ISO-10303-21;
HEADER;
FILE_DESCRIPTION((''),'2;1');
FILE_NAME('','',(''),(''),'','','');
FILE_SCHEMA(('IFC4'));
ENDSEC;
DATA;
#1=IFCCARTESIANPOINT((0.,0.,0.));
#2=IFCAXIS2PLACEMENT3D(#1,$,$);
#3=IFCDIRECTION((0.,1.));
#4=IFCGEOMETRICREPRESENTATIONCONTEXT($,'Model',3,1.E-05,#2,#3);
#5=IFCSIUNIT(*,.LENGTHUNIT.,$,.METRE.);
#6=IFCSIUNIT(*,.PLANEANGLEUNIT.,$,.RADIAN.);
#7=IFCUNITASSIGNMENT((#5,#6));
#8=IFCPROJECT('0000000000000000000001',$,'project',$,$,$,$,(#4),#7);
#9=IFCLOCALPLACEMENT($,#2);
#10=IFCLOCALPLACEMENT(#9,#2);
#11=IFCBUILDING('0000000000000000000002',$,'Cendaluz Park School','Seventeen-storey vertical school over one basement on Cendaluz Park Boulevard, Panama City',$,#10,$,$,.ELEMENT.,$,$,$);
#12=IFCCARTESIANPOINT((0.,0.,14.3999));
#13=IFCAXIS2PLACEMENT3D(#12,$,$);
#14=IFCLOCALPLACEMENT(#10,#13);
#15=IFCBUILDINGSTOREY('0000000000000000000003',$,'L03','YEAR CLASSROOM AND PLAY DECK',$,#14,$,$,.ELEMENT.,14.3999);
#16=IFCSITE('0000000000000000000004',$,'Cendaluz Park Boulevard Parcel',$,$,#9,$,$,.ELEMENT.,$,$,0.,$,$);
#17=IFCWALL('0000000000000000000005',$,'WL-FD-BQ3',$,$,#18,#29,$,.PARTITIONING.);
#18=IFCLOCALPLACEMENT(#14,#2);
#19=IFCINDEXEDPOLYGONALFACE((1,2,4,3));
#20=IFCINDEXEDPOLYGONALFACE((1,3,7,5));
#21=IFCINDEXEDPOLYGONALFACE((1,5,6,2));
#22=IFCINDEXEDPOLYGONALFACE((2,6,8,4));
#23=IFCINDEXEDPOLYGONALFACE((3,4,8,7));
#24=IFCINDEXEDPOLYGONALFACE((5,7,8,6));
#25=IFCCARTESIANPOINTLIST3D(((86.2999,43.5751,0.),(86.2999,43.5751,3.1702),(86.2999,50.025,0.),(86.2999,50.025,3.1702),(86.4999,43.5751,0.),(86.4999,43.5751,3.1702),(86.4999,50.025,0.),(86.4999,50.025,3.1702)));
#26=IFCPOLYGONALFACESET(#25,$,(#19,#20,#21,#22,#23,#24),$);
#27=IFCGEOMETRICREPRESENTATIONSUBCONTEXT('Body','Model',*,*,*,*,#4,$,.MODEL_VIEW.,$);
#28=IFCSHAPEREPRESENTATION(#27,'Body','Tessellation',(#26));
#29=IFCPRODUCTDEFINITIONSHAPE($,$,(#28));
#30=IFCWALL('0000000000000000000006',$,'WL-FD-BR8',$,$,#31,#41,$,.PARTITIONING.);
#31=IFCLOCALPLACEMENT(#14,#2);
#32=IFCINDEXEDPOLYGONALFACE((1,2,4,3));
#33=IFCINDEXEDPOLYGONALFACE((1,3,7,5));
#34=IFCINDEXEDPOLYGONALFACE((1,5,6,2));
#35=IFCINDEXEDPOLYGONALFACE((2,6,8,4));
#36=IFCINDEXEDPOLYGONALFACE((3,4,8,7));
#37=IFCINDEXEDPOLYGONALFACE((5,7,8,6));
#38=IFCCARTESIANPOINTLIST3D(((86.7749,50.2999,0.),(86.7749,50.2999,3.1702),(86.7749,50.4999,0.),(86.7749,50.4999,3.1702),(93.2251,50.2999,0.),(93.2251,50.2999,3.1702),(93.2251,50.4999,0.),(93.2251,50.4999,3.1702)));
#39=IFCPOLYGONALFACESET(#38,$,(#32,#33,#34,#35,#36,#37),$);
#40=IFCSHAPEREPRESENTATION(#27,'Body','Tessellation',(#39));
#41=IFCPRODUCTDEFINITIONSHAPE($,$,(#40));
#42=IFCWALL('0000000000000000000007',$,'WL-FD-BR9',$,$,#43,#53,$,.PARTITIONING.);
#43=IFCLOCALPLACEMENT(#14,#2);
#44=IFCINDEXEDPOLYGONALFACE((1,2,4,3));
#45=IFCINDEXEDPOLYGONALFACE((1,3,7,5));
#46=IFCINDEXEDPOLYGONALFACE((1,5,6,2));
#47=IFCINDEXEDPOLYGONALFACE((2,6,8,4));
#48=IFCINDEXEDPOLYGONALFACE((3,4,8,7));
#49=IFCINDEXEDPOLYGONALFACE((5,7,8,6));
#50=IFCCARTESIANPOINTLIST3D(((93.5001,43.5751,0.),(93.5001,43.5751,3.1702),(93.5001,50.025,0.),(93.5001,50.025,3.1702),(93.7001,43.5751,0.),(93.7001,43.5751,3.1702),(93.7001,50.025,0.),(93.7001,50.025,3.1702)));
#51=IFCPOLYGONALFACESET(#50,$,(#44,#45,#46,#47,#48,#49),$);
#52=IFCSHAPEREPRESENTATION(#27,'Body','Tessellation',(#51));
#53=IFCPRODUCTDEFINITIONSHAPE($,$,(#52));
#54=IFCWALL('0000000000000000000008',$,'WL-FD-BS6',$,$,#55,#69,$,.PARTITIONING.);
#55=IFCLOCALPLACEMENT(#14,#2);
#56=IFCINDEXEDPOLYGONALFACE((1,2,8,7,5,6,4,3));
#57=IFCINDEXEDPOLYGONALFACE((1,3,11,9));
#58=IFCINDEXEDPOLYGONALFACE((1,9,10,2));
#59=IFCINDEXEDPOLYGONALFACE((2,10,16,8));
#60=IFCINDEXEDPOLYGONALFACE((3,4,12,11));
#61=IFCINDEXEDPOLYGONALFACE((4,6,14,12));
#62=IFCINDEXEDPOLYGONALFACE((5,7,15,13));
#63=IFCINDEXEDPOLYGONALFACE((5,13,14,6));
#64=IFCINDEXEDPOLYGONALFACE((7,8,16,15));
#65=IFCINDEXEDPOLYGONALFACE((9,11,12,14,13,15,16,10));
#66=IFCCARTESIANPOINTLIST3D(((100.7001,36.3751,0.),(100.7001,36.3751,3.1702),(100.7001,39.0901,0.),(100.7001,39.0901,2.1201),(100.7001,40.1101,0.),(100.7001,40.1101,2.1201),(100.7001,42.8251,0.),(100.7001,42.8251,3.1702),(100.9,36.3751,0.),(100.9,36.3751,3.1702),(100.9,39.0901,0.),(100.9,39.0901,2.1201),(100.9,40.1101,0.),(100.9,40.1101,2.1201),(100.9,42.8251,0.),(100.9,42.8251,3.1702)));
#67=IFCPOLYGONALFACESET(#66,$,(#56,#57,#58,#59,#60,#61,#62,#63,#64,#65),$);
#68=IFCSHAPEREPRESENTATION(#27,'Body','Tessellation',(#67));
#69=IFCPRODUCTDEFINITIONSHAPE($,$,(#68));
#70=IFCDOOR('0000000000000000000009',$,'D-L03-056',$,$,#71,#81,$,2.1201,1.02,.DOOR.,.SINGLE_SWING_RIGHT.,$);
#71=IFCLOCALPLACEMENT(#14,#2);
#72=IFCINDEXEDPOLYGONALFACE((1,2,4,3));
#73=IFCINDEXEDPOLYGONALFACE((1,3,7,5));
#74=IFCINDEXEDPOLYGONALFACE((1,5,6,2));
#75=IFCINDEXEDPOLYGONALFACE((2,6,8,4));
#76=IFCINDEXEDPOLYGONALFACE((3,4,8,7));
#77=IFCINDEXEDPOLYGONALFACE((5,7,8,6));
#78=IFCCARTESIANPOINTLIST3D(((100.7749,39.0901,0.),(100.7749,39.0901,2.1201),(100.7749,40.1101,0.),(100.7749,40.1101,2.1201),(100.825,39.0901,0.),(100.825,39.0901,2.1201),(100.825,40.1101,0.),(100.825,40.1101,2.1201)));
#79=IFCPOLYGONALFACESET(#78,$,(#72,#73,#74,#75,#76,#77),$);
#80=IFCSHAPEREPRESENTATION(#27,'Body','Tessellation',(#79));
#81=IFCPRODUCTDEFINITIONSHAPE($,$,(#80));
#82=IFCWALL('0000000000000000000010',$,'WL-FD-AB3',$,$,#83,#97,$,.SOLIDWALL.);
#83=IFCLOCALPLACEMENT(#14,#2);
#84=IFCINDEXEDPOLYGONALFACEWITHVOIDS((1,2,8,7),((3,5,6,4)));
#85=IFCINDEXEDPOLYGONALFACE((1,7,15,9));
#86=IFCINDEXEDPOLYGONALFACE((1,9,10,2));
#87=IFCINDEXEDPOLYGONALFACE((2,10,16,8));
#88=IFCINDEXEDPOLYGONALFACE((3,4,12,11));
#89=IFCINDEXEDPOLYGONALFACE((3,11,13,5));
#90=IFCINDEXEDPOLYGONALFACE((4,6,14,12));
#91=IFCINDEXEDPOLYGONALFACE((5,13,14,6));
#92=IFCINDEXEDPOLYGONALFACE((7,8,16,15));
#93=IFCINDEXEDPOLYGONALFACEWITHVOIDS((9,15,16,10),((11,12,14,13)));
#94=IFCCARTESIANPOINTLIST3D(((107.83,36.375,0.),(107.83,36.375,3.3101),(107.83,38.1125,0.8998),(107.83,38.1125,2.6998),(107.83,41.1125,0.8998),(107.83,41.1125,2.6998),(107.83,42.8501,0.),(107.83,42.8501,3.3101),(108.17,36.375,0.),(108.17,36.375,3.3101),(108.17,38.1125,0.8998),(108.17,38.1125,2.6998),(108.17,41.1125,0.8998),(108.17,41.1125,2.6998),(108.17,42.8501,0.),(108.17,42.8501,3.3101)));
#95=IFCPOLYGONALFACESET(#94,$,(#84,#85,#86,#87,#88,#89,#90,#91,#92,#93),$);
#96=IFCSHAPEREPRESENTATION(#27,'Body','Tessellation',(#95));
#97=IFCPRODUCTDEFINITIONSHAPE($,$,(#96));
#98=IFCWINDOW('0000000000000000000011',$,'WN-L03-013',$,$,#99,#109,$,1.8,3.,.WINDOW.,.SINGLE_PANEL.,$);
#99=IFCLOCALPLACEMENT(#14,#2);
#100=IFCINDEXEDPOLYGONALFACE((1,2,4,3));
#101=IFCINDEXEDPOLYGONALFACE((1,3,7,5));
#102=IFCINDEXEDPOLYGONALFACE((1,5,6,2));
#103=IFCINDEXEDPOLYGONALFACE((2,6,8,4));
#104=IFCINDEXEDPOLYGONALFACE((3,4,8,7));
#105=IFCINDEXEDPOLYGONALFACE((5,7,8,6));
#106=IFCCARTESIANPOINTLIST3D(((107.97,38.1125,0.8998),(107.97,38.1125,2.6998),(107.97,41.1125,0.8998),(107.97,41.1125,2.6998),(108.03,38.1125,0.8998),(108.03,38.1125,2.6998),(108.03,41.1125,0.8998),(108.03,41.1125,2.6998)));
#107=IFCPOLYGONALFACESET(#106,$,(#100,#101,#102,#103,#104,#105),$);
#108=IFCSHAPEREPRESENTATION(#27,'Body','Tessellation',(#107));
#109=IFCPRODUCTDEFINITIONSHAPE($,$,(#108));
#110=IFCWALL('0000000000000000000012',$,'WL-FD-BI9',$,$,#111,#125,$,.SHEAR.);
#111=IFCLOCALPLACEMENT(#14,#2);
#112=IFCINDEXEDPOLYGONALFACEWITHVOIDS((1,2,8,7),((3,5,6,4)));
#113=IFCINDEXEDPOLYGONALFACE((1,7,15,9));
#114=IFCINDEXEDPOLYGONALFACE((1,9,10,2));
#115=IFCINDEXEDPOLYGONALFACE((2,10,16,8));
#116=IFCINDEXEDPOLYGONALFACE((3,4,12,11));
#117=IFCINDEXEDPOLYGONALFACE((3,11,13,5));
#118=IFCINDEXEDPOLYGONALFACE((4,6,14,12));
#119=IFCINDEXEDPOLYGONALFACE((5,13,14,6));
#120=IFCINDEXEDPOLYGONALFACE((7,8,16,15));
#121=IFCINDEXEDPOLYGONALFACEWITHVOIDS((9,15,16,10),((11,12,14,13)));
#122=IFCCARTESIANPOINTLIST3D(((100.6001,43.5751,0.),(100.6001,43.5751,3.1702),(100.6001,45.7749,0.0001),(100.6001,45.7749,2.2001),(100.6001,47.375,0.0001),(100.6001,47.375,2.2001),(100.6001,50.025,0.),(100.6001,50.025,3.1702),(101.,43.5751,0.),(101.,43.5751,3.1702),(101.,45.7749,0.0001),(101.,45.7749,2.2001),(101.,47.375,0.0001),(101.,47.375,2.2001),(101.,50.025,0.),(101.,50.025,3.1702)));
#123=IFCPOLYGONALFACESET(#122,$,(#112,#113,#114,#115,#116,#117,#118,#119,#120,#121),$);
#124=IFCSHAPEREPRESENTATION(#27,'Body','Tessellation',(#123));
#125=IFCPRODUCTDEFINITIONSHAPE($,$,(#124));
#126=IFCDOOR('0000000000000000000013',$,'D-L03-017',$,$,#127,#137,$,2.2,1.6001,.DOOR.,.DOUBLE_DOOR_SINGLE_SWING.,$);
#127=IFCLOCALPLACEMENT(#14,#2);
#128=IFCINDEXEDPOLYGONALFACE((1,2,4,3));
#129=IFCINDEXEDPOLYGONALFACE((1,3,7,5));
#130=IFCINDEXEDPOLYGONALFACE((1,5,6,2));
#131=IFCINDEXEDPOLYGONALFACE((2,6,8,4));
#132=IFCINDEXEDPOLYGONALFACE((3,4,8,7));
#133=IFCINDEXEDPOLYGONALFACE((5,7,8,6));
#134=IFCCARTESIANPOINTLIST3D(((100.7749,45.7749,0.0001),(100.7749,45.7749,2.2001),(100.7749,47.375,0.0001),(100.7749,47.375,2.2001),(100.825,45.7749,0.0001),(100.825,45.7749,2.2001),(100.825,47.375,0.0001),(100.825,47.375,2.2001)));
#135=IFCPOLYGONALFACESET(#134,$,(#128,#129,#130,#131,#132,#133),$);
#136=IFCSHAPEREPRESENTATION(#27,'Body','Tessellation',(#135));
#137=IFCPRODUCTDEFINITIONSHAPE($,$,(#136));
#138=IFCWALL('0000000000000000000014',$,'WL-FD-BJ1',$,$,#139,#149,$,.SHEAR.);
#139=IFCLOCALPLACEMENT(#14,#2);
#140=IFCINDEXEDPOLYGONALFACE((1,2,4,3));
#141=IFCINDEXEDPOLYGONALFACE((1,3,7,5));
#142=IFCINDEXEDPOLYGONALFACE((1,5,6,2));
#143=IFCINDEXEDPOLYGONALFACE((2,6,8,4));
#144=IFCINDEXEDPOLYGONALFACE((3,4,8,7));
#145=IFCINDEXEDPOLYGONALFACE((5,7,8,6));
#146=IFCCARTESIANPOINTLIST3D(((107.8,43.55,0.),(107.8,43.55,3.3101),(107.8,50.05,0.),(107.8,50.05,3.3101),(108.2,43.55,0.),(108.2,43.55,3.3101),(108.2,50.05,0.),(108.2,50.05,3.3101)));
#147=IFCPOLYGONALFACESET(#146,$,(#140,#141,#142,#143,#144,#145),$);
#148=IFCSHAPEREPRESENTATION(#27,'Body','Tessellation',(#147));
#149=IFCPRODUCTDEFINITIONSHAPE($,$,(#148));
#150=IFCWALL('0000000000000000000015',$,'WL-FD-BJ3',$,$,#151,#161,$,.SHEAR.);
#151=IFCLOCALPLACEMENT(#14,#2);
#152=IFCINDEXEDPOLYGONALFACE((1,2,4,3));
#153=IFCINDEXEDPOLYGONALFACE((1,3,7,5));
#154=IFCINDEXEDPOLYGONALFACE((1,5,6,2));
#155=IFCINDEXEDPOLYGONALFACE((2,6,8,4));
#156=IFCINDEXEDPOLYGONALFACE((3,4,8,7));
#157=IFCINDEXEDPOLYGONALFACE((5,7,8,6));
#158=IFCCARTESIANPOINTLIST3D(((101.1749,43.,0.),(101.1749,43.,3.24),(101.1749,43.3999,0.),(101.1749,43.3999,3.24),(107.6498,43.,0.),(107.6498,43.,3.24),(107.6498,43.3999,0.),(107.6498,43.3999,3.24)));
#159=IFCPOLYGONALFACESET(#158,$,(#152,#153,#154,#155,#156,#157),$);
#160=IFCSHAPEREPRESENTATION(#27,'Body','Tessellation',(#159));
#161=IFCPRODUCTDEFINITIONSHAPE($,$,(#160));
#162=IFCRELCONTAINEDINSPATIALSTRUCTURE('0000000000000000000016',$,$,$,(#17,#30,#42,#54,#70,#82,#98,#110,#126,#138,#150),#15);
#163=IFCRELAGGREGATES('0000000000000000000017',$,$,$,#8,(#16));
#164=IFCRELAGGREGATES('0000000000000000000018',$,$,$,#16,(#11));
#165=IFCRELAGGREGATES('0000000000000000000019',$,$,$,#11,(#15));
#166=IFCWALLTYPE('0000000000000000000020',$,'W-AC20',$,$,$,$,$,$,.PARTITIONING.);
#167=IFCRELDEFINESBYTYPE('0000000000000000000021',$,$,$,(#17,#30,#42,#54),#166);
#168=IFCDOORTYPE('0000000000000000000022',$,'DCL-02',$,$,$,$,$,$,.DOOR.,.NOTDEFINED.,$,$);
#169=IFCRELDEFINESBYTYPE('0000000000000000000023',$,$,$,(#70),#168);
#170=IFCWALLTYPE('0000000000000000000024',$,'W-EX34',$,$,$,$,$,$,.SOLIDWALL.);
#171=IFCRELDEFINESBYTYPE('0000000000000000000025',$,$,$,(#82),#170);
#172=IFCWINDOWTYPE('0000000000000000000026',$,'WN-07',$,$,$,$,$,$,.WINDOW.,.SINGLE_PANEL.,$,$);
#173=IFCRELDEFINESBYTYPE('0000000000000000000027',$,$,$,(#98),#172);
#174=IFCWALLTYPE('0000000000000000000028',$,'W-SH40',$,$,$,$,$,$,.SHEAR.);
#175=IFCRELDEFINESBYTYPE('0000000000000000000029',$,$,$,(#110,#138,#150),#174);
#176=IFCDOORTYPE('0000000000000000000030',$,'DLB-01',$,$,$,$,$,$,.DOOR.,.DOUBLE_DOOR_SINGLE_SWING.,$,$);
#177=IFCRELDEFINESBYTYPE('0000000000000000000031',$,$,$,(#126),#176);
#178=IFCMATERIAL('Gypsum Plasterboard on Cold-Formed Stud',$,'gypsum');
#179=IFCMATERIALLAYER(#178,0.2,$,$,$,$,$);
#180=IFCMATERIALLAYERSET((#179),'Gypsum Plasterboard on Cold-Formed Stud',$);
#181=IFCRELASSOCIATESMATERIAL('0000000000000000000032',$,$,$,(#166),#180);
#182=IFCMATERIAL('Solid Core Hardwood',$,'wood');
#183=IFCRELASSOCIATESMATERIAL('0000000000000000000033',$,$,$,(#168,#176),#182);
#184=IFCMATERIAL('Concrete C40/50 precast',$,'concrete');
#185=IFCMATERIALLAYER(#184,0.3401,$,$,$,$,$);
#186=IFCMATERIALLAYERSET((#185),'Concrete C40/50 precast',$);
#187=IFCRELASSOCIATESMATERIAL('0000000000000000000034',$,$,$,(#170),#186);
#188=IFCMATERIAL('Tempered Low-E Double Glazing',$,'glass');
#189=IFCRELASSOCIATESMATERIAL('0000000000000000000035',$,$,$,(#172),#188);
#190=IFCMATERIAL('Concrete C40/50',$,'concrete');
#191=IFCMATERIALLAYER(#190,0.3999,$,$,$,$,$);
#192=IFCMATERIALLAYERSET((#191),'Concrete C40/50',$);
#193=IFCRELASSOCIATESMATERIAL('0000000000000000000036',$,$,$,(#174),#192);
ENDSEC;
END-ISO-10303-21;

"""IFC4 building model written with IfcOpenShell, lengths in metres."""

from ifc_helpers import new_model, si_unit, direction, frame, frame_2d, origin, place, context, subcontext, project, spatial, rectangle, extrude, material, layer, layer_set, type_object, element, fill, save


model = new_model("IFC4")

# Units and contexts
model_context = context("Model", 3, precision=1e-05, world=origin(), true_north=direction((0.0, 1.0)))
body_context = subcontext(model_context, "Body", "Model", "MODEL_VIEW")
ifc_project = project(units=[si_unit("LENGTHUNIT", "METRE"), si_unit("PLANEANGLEUNIT", "RADIAN")], contexts=[model_context])

# Site, building, storey
site_placement = place(None, origin())
site = spatial("IfcSite", under=ifc_project, at=site_placement, Name="Cendaluz Park Boulevard Parcel", CompositionType="ELEMENT", RefElevation=0.0)
building_placement = place(site_placement, origin())
building = spatial("IfcBuilding", under=site, at=building_placement, Name="Cendaluz Park School", Description="Seventeen-storey vertical school over one basement on Cendaluz Park Boulevard, Panama City", CompositionType="ELEMENT")
storey_placement = place(building_placement, frame((0.0, 0.0, 14.3999)))
storey = spatial("IfcBuildingStorey", under=building, at=storey_placement, Name="L03", Description="YEAR CLASSROOM AND PLAY DECK", CompositionType="ELEMENT", Elevation=14.3999)

# Shared definitions
ifc_material_1 = material(Name="Concrete C40/50", Category="concrete")

# Walls
ifc_material_2 = material(Name="Gypsum Plasterboard on Cold-Formed Stud", Category="gypsum")
ifc_layer_1 = layer(ifc_material_2, 0.2)
ifc_layer_set_1 = layer_set([ifc_layer_1], Name="Gypsum Plasterboard on Cold-Formed Stud")
wall_type_1 = type_object("IfcWallType", Name="W-AC20", PredefinedType="PARTITIONING", material=ifc_layer_set_1)
wall_1_placement = place(storey_placement, frame((86.3999, 43.575, 0.0), z_axis=(0.0, 0.0, 1.0), x_axis=(0.0, 1.0, 0.0)))
element("IfcWall", 1, at=wall_1_placement, inside=storey, type_object=wall_type_1, Name="WL-FD-BQ3", PredefinedType="PARTITIONING", context=body_context, shape_type="SweptSolid", body=[
    extrude(rectangle(XDim=6.45, YDim=0.2, at=frame_2d((3.2251, 0.0))), origin(), (0.0, 0.0, 1.0), 3.1702),
])
wall_2_placement = place(storey_placement, frame((86.7749, 50.3999, 0.0), z_axis=(0.0, 0.0, 1.0), x_axis=(1.0, 0.0, 0.0)))
element("IfcWall", 2, at=wall_2_placement, inside=storey, type_object=wall_type_1, Name="WL-FD-BR8", PredefinedType="PARTITIONING", context=body_context, shape_type="SweptSolid", body=[
    extrude(rectangle(XDim=6.4502, YDim=0.2, at=frame_2d((3.2251, 0.0))), origin(), (0.0, 0.0, 1.0), 3.1702),
])
wall_3_placement = place(storey_placement, frame((93.6001, 43.575, 0.0), z_axis=(0.0, 0.0, 1.0), x_axis=(0.0, 1.0, 0.0)))
element("IfcWall", 3, at=wall_3_placement, inside=storey, type_object=wall_type_1, Name="WL-FD-BR9", PredefinedType="PARTITIONING", context=body_context, shape_type="SweptSolid", body=[
    extrude(rectangle(XDim=6.45, YDim=0.2, at=frame_2d((3.2251, 0.0))), origin(), (0.0, 0.0, 1.0), 3.1702),
])

# Wall, opening, door
wall_4_placement = place(storey_placement, frame((100.8, 36.375, 0.0), z_axis=(0.0, 0.0, 1.0), x_axis=(0.0, 1.0, 0.0)))
wall_4 = element("IfcWall", 4, at=wall_4_placement, inside=storey, type_object=wall_type_1, Name="WL-FD-BS6", PredefinedType="PARTITIONING", context=body_context, shape_type="SweptSolid", body=[
    extrude(rectangle(XDim=6.45, YDim=0.2, at=frame_2d((3.2251, 0.0))), origin(), (0.0, 0.0, 1.0), 3.1702),
])
opening_1_placement = place(wall_4_placement, frame((2.7151, 0.0, 0.0)))
opening_1 = element("IfcOpeningElement", 5, at=opening_1_placement, cuts=wall_4, PredefinedType="OPENING", context=body_context, shape_type="SweptSolid", body=[
    extrude(rectangle(XDim=1.02, YDim=2.1201, at=frame_2d((0.51, 1.0601))), frame((0.0, 0.1121, 0.0), z_axis=(0.0, -1.0, 0.0), x_axis=(1.0, 0.0, 0.0)), (0.0, 0.0, 1.0), 0.2239),
])
ifc_material_3 = material(Name="Solid Core Hardwood", Category="wood")
door_type_1 = type_object("IfcDoorType", Name="DCL-02", OperationType="NOTDEFINED", PredefinedType="DOOR", material=ifc_material_3)
door_1_placement = place(opening_1_placement, frame((1.02, 0.0, 0.0), z_axis=(0.0, 0.0, 1.0), x_axis=(-1.0, 0.0, 0.0)))
door_1 = element("IfcDoor", 6, at=door_1_placement, inside=storey, type_object=door_type_1, Name="D-L03-056", OperationType="SINGLE_SWING_RIGHT", OverallHeight=2.1201, OverallWidth=1.02, PredefinedType="DOOR", context=body_context, shape_type="SweptSolid", body=[
    extrude(rectangle(XDim=1.02, YDim=2.1201, at=frame_2d((0.51, 1.0601))), frame((0.0, 0.0249, 0.0), z_axis=(0.0, -1.0, 0.0), x_axis=(1.0, 0.0, 0.0)), (0.0, 0.0, 1.0), 0.05),
])
fill(opening_1, door_1)

# Wall, opening, window
ifc_material_4 = material(Name="Concrete C40/50 precast", Category="concrete")
ifc_layer_2 = layer(ifc_material_4, 0.3401)
ifc_layer_set_2 = layer_set([ifc_layer_2], Name="Concrete C40/50 precast")
wall_type_2 = type_object("IfcWallType", Name="W-EX34", PredefinedType="SOLIDWALL", material=ifc_layer_set_2)
wall_5_placement = place(storey_placement, frame((108.0, 36.375, 0.0), z_axis=(0.0, 0.0, 1.0), x_axis=(0.0, 1.0, 0.0)))
wall_5 = element("IfcWall", 7, at=wall_5_placement, inside=storey, type_object=wall_type_2, Name="WL-FD-AB3", PredefinedType="SOLIDWALL", context=body_context, shape_type="SweptSolid", body=[
    extrude(rectangle(XDim=6.4751, YDim=0.3401, at=frame_2d((3.2375, 0.0))), origin(), (0.0, 0.0, 1.0), 3.3101),
])
opening_2_placement = place(wall_5_placement, frame((1.7375, 0.0, 0.8999)))
opening_2 = element("IfcOpeningElement", 8, at=opening_2_placement, cuts=wall_5, PredefinedType="OPENING", context=body_context, shape_type="SweptSolid", body=[
    extrude(rectangle(XDim=3.0, YDim=1.8, at=frame_2d((1.5, 0.8999))), frame((0.0, 0.1821, 0.0), z_axis=(0.0, -1.0, 0.0), x_axis=(1.0, 0.0, 0.0)), (0.0, 0.0, 1.0), 0.364),
])
ifc_material_5 = material(Name="Tempered Low-E Double Glazing", Category="glass")
window_type = type_object("IfcWindowType", Name="WN-07", PartitioningType="SINGLE_PANEL", PredefinedType="WINDOW", material=ifc_material_5)
window_placement = place(opening_2_placement, origin())
window = element("IfcWindow", 9, at=window_placement, inside=storey, type_object=window_type, Name="WN-L03-013", OverallHeight=1.8, OverallWidth=3.0, PartitioningType="SINGLE_PANEL", PredefinedType="WINDOW", context=body_context, shape_type="SweptSolid", body=[
    extrude(rectangle(XDim=3.0, YDim=1.8, at=frame_2d((1.5, 0.8999))), frame((0.0, 0.03, 0.0), z_axis=(0.0, -1.0, 0.0), x_axis=(1.0, 0.0, 0.0)), (0.0, 0.0, 1.0), 0.0601),
])
fill(opening_2, window)

# Wall, opening, door
ifc_layer_3 = layer(ifc_material_1, 0.3999)
ifc_layer_set_3 = layer_set([ifc_layer_3], Name="Concrete C40/50")
wall_type_3 = type_object("IfcWallType", Name="W-SH40", PredefinedType="SHEAR", material=ifc_layer_set_3)
wall_6_placement = place(storey_placement, frame((100.8, 43.575, 0.0), z_axis=(0.0, 0.0, 1.0), x_axis=(0.0, 1.0, 0.0)))
wall_6 = element("IfcWall", 10, at=wall_6_placement, inside=storey, type_object=wall_type_3, Name="WL-FD-BI9", PredefinedType="SHEAR", context=body_context, shape_type="SweptSolid", body=[
    extrude(rectangle(XDim=6.45, YDim=0.3999, at=frame_2d((3.2251, 0.0))), origin(), (0.0, 0.0, 1.0), 3.1702),
])
opening_3_placement = place(wall_6_placement, frame((2.2, 0.0, 0.0)))
opening_3 = element("IfcOpeningElement", 11, at=opening_3_placement, cuts=wall_6, PredefinedType="OPENING", context=body_context, shape_type="SweptSolid", body=[
    extrude(rectangle(XDim=1.6001, YDim=2.2, at=frame_2d((0.8, 1.1001))), frame((0.0, 0.2119, 0.0), z_axis=(0.0, -1.0, 0.0), x_axis=(1.0, 0.0, 0.0)), (0.0, 0.0, 1.0), 0.4238),
])
door_type_2 = type_object("IfcDoorType", Name="DLB-01", OperationType="DOUBLE_DOOR_SINGLE_SWING", PredefinedType="DOOR", material=ifc_material_3)
door_2_placement = place(opening_3_placement, frame((1.6001, 0.0, 0.0), z_axis=(0.0, 0.0, 1.0), x_axis=(-1.0, 0.0, 0.0)))
door_2 = element("IfcDoor", 12, at=door_2_placement, inside=storey, type_object=door_type_2, Name="D-L03-017", OperationType="DOUBLE_DOOR_SINGLE_SWING", OverallHeight=2.2, OverallWidth=1.6001, PredefinedType="DOOR", context=body_context, shape_type="SweptSolid", body=[
    extrude(rectangle(XDim=1.6001, YDim=2.2, at=frame_2d((0.8, 1.1001))), frame((0.0, 0.0249, 0.0), z_axis=(0.0, -1.0, 0.0), x_axis=(1.0, 0.0, 0.0)), (0.0, 0.0, 1.0), 0.05),
])
fill(opening_3, door_2)

# Walls
wall_7_placement = place(storey_placement, frame((108.0, 43.55, 0.0), z_axis=(0.0, 0.0, 1.0), x_axis=(0.0, 1.0, 0.0)))
element("IfcWall", 13, at=wall_7_placement, inside=storey, type_object=wall_type_3, Name="WL-FD-BJ1", PredefinedType="SHEAR", context=body_context, shape_type="SweptSolid", body=[
    extrude(rectangle(XDim=6.5, YDim=0.3999, at=frame_2d((3.25, 0.0))), origin(), (0.0, 0.0, 1.0), 3.3101),
])
wall_8_placement = place(storey_placement, frame((101.175, 43.2, 0.0), z_axis=(0.0, 0.0, 1.0), x_axis=(1.0, 0.0, 0.0)))
element("IfcWall", 14, at=wall_8_placement, inside=storey, type_object=wall_type_3, Name="WL-FD-BJ3", PredefinedType="SHEAR", context=body_context, shape_type="SweptSolid", body=[
    extrude(rectangle(XDim=6.4749, YDim=0.3999, at=frame_2d((3.2373, 0.0))), origin(), (0.0, 0.0, 1.0), 3.24),
])

save(model, "model.ifc")
